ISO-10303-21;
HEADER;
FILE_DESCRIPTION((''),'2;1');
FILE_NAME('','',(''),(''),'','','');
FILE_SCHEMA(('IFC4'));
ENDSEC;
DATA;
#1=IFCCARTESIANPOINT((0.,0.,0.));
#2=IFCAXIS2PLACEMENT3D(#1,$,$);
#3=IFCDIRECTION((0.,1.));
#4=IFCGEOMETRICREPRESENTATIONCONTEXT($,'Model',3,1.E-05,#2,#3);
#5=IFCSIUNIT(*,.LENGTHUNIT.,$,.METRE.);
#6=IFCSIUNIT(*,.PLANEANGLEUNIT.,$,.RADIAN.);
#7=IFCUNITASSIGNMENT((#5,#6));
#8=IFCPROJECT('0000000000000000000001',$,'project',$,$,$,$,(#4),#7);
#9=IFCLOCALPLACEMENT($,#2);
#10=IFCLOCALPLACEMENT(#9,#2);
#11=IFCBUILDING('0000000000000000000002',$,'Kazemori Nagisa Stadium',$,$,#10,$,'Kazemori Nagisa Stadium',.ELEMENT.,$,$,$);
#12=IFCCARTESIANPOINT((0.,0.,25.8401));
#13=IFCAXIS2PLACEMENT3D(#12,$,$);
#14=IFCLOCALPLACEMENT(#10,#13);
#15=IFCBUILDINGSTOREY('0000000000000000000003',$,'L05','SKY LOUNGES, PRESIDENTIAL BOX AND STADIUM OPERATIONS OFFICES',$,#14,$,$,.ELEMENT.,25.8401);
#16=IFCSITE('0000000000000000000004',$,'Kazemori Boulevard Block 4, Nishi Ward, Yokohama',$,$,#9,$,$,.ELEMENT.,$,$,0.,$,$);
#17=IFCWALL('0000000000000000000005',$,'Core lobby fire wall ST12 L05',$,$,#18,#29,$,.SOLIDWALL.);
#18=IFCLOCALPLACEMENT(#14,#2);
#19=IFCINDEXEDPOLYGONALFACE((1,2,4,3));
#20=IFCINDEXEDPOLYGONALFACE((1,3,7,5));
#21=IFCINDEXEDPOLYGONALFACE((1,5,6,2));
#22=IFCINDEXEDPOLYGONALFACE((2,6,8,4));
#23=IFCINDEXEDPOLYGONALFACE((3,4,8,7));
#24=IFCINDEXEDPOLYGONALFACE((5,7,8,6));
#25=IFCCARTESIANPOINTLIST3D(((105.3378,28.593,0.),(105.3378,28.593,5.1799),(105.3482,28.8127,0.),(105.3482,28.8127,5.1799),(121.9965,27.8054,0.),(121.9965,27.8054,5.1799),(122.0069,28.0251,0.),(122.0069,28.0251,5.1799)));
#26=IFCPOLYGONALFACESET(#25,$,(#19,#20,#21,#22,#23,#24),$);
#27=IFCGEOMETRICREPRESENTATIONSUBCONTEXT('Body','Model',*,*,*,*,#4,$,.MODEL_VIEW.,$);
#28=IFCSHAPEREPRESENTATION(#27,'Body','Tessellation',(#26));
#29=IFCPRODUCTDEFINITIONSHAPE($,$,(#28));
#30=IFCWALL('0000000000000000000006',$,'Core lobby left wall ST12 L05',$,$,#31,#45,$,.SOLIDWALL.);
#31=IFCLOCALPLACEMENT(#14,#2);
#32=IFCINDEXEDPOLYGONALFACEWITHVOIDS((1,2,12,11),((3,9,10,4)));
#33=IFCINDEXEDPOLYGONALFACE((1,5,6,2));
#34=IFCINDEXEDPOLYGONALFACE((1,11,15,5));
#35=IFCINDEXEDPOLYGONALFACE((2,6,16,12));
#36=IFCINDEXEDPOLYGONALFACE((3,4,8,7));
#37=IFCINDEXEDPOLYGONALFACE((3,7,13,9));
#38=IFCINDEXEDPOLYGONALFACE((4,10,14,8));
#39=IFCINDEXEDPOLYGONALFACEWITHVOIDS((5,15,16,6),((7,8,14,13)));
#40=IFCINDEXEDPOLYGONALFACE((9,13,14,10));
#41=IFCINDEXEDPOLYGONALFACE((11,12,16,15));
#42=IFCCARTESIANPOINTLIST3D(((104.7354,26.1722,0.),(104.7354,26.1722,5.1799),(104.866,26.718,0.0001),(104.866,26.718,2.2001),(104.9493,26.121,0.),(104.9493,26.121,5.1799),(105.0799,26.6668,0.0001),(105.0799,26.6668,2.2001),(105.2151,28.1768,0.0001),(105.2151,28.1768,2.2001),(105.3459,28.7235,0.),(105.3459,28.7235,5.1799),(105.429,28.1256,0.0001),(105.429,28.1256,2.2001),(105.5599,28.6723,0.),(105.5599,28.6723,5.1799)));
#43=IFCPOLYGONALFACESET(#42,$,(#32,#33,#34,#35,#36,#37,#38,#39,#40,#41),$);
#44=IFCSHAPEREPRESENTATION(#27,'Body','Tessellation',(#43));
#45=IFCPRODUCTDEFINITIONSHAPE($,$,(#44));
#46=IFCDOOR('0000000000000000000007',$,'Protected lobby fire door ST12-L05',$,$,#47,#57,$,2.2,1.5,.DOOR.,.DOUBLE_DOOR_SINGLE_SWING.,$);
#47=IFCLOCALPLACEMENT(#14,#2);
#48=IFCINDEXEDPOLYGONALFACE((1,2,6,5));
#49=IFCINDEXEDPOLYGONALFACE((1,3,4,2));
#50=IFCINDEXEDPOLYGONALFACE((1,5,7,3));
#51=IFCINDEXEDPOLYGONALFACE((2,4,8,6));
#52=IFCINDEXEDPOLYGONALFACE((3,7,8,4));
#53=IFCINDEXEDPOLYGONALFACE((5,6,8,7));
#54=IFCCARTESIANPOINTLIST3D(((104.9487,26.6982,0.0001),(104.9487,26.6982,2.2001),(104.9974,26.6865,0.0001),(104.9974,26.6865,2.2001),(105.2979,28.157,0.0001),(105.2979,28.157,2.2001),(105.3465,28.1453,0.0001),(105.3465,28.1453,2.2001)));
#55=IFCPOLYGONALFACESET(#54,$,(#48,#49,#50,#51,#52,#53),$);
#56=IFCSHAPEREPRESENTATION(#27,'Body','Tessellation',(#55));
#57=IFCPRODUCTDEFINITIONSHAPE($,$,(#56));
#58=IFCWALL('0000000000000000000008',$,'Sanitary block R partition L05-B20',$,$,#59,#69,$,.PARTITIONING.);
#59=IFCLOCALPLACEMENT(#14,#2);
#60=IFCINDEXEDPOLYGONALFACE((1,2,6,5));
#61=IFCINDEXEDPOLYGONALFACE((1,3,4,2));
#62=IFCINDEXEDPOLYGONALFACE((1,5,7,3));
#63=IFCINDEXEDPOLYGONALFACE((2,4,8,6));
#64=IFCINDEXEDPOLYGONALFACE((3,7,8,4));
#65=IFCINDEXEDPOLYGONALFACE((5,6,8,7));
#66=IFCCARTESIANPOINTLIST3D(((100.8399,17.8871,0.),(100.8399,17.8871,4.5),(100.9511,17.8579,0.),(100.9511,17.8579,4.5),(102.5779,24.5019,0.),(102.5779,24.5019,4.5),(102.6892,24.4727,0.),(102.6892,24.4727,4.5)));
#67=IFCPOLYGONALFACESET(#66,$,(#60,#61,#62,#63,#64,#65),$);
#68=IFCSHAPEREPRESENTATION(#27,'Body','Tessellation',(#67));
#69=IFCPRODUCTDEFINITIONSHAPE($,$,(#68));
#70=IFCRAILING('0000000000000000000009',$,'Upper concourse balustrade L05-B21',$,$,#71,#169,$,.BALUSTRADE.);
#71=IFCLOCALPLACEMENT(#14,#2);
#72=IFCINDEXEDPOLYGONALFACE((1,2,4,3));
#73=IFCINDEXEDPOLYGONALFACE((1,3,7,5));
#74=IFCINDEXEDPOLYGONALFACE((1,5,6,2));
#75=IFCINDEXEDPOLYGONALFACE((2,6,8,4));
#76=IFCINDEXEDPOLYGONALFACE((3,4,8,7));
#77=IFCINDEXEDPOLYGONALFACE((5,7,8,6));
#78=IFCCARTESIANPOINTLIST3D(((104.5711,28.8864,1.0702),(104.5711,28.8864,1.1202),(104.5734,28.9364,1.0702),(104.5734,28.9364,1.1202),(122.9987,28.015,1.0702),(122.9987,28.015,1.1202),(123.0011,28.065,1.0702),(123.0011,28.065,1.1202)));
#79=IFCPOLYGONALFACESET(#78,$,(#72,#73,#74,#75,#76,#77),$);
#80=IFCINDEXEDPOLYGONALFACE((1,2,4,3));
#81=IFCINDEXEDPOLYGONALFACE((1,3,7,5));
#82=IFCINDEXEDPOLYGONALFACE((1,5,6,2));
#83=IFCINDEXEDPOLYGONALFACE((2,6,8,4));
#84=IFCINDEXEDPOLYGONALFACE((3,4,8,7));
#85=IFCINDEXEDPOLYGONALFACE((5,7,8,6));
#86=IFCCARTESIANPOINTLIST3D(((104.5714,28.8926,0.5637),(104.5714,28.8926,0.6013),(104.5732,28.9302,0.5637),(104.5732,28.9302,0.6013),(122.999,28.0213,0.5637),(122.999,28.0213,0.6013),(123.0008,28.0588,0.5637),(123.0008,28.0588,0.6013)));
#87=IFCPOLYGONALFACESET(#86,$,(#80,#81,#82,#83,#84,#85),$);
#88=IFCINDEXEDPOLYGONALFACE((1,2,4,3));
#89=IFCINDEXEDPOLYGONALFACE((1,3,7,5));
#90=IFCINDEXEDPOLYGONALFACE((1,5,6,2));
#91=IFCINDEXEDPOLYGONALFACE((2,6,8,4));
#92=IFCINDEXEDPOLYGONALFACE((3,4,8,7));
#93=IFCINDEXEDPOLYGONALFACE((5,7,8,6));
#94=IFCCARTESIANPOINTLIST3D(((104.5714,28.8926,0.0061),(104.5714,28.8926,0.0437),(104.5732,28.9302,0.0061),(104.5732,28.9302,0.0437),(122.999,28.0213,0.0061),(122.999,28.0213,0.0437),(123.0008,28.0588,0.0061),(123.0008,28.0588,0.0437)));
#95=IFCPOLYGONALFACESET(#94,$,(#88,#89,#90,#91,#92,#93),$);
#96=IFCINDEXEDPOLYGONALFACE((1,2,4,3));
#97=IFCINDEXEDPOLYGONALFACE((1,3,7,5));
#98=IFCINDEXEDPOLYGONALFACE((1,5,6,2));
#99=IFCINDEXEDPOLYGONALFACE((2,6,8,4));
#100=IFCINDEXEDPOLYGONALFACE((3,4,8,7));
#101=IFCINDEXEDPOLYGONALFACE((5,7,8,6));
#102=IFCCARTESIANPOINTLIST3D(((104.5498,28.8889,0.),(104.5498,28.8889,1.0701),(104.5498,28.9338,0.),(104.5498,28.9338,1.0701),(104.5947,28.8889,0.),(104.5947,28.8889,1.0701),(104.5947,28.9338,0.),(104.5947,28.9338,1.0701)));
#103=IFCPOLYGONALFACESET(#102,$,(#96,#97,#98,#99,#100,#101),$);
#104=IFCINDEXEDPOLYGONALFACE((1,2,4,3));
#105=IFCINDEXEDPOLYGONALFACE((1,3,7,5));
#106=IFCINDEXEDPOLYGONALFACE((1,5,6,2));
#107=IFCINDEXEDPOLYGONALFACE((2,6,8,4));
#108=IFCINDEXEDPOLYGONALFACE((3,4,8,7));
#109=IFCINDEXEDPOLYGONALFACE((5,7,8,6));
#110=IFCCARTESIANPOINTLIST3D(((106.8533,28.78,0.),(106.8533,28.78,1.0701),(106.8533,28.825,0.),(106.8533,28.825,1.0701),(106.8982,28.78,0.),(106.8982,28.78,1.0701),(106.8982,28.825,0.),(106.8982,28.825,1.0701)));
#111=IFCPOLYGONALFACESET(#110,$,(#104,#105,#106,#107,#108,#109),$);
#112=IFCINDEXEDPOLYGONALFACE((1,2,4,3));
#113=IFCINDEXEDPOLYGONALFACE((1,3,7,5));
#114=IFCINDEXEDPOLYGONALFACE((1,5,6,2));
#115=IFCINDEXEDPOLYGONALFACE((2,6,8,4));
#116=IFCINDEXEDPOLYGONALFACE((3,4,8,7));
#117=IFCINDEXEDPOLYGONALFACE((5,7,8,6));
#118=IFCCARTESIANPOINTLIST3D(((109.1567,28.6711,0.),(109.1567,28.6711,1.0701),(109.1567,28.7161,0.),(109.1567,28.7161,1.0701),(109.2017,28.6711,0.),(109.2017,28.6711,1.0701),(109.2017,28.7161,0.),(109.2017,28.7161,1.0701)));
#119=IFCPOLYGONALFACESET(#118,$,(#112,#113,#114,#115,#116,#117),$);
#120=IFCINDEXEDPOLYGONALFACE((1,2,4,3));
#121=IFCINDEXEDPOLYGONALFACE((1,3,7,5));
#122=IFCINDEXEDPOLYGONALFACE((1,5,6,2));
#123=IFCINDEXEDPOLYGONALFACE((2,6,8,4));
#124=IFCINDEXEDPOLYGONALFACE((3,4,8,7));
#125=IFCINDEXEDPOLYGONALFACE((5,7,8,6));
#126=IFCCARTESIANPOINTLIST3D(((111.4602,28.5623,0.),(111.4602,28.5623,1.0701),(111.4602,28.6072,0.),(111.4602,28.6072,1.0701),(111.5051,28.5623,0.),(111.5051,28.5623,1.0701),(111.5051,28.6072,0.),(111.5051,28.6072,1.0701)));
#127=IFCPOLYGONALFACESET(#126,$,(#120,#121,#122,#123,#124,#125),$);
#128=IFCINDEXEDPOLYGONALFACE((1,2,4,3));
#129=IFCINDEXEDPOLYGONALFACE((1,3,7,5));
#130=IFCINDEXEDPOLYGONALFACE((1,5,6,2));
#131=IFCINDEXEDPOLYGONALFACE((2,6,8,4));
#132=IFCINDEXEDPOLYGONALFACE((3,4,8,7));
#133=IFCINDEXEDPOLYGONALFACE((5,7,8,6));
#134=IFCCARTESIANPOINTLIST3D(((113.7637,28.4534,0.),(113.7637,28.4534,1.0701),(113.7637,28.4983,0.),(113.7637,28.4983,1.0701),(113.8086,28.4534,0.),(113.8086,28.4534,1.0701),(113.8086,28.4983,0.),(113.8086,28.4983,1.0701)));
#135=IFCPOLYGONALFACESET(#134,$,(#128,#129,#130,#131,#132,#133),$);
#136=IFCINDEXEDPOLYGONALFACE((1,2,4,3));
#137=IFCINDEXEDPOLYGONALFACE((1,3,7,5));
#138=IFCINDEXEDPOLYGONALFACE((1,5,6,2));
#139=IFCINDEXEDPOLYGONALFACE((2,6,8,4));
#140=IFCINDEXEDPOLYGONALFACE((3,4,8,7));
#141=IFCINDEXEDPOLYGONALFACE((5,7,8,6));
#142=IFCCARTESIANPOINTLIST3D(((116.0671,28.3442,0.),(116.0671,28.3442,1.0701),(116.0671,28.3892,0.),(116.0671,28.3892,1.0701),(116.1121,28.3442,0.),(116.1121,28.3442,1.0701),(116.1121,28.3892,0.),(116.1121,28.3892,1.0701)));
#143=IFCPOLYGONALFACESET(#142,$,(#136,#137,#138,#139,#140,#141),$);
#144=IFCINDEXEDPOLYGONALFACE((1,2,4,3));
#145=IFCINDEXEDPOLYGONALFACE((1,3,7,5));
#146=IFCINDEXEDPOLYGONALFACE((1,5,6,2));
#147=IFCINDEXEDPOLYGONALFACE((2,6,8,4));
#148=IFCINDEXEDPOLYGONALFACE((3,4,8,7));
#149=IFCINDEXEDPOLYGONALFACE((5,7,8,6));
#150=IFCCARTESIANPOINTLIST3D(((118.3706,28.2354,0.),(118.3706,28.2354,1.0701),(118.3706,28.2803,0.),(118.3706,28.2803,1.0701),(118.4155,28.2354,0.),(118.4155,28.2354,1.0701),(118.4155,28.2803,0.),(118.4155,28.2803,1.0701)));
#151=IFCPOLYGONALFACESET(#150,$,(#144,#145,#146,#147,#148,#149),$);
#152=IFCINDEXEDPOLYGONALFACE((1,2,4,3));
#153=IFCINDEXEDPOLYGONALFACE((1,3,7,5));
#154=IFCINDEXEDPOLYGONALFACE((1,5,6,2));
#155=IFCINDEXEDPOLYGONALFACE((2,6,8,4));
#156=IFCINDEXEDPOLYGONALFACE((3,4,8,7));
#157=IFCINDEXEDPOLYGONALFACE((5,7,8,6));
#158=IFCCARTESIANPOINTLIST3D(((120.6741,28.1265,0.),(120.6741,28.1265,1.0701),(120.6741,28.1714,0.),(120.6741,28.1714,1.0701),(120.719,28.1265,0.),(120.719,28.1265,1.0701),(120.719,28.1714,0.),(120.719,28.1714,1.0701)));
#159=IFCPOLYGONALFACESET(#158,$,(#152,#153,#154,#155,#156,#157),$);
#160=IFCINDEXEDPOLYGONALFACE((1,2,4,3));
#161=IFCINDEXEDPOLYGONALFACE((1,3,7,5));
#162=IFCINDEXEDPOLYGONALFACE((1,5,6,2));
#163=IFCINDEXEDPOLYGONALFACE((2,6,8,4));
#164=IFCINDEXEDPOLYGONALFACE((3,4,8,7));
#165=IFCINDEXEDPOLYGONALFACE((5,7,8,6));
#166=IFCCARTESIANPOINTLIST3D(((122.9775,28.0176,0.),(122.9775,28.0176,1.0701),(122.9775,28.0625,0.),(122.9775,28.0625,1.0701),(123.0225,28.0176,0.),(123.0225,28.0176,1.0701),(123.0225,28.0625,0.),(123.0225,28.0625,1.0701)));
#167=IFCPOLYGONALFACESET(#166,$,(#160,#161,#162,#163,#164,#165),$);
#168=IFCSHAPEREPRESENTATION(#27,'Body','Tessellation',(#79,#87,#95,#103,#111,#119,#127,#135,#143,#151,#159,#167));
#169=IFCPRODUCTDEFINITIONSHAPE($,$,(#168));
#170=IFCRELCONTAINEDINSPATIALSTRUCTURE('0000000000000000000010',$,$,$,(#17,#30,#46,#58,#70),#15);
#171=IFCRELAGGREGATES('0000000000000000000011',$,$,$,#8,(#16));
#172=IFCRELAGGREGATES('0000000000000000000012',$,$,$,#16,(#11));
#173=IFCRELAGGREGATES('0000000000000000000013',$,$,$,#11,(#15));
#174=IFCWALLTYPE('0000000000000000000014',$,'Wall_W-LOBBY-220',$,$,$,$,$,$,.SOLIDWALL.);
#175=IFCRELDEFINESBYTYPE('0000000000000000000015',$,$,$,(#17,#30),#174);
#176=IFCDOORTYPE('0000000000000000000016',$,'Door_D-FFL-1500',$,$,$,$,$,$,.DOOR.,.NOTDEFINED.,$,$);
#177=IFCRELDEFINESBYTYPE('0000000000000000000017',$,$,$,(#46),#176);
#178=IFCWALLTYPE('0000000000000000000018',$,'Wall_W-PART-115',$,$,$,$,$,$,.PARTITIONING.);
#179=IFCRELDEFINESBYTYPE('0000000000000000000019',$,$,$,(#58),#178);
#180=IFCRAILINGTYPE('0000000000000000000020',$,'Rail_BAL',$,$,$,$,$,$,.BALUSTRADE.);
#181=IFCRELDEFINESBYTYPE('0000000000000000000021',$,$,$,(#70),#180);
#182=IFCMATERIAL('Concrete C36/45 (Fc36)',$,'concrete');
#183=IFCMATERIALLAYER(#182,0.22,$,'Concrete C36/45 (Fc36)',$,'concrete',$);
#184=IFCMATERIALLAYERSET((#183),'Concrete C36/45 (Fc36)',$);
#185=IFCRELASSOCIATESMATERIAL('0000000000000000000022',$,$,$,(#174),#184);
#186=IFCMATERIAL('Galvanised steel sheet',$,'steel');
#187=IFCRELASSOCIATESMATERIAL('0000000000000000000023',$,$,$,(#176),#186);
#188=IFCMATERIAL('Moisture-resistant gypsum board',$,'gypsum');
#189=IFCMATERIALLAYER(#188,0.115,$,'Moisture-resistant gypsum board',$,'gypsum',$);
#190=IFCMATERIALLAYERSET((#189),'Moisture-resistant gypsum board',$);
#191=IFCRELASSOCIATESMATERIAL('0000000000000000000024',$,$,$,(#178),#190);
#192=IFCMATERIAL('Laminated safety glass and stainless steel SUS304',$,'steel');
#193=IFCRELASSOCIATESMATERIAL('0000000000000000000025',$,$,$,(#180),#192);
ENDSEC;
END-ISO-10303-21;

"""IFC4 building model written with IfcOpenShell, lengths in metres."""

from ifc_helpers import new_model, si_unit, direction, frame, frame_2d, origin, origin_2d, place, context, subcontext, project, spatial, rectangle, extrude, material, layer, layer_set, type_object, element, fill, save


model = new_model("IFC4")

# Units and contexts
model_context = context("Model", 3, precision=1e-05, world=origin(), true_north=direction((0.0, 1.0)))
body_context = subcontext(model_context, "Body", "Model", "MODEL_VIEW")
ifc_project = project(units=[si_unit("LENGTHUNIT", "METRE"), si_unit("PLANEANGLEUNIT", "RADIAN")], contexts=[model_context])

# Site, building, storey
site_placement = place(None, origin())
site = spatial("IfcSite", under=ifc_project, at=site_placement, Name="Kazemori Boulevard Block 4, Nishi Ward, Yokohama", CompositionType="ELEMENT", RefElevation=0.0)
building_placement = place(site_placement, origin())
building = spatial("IfcBuilding", under=site, at=building_placement, Name="Kazemori Nagisa Stadium", LongName="Kazemori Nagisa Stadium", CompositionType="ELEMENT")
storey_placement = place(building_placement, frame((0.0, 0.0, 25.8401)))
storey = spatial("IfcBuildingStorey", under=building, at=storey_placement, Name="L05", Description="SKY LOUNGES, PRESIDENTIAL BOX AND STADIUM OPERATIONS OFFICES", CompositionType="ELEMENT", Elevation=25.8401)

# Shared definitions
ifc_material_1 = material(Name="Galvanised steel sheet", Category="steel")

# Wall
ifc_material_2 = material(Name="Concrete C36/45 (Fc36)", Category="concrete")
ifc_layer_1 = layer(ifc_material_2, 0.22, Name="Concrete C36/45 (Fc36)", Category="concrete")
ifc_layer_set_1 = layer_set([ifc_layer_1], Name="Concrete C36/45 (Fc36)")
wall_type_1 = type_object("IfcWallType", Name="Wall_W-LOBBY-220", PredefinedType="SOLIDWALL", material=ifc_layer_set_1)
wall_1_placement = place(storey_placement, frame((105.343, 28.7029, 0.0), z_axis=(0.0, 0.0, 1.0), x_axis=(0.998884, -0.047226, 0.0)))
element("IfcWall", 1, at=wall_1_placement, inside=storey, type_object=wall_type_1, Name="Core lobby fire wall ST12 L05", PredefinedType="SOLIDWALL", context=body_context, shape_type="SweptSolid", body=[
    extrude(rectangle(XDim=16.6772, YDim=0.22, at=frame_2d((8.3386, 0.0))), origin(), (0.0, 0.0, 1.0), 5.1799),
])

# Wall, opening, door
wall_2_placement = place(storey_placement, frame((105.4529, 28.6978, 0.0), z_axis=(0.0, 0.0, 1.0), x_axis=(-0.232757, -0.972535, 0.0)))
wall_2 = element("IfcWall", 2, at=wall_2_placement, inside=storey, type_object=wall_type_1, Name="Core lobby left wall ST12 L05", PredefinedType="SOLIDWALL", context=body_context, shape_type="SweptSolid", body=[
    extrude(rectangle(XDim=2.6233, YDim=0.22, at=frame_2d((1.3115, 0.0))), origin(), (0.0, 0.0, 1.0), 5.1799),
])
opening_1_placement = place(wall_2_placement, frame((0.562, 0.0, 0.0)))
opening_1 = element("IfcOpeningElement", 3, at=opening_1_placement, cuts=wall_2, PredefinedType="OPENING", context=body_context, shape_type="SweptSolid", body=[
    extrude(rectangle(XDim=1.5, YDim=2.2, at=frame_2d((0.75, 1.1001))), frame((0.0, 0.1199, 0.0), z_axis=(0.0, -1.0, 0.0), x_axis=(1.0, 0.0, 0.0)), (0.0, 0.0, 1.0), 0.24),
])
door_type_1 = type_object("IfcDoorType", Name="Door_D-FFL-1500", OperationType="NOTDEFINED", PredefinedType="DOOR", material=ifc_material_1)
door_1_placement = place(opening_1_placement, frame((1.5, 0.0, 0.0), z_axis=(0.0, 0.0, 1.0), x_axis=(-1.0, 0.0, 0.0)))
door_1 = element("IfcDoor", 4, at=door_1_placement, inside=storey, type_object=door_type_1, Name="Protected lobby fire door ST12-L05", OperationType="DOUBLE_DOOR_SINGLE_SWING", OverallHeight=2.2, OverallWidth=1.5, PredefinedType="DOOR", context=body_context, shape_type="SweptSolid", body=[
    extrude(rectangle(XDim=1.5, YDim=2.2, at=frame_2d((0.75, 1.1001))), frame((0.0, 0.0249, 0.0), z_axis=(0.0, -1.0, 0.0), x_axis=(1.0, 0.0, 0.0)), (0.0, 0.0, 1.0), 0.05),
])
fill(opening_1, door_1)

# Wall
ifc_material_3 = material(Name="Moisture-resistant gypsum board", Category="gypsum")
ifc_layer_2 = layer(ifc_material_3, 0.115, Name="Moisture-resistant gypsum board", Category="gypsum")
ifc_layer_set_2 = layer_set([ifc_layer_2], Name="Moisture-resistant gypsum board")
wall_type_2 = type_object("IfcWallType", Name="Wall_W-PART-115", PredefinedType="PARTITIONING", material=ifc_layer_set_2)
wall_3_placement = place(storey_placement, frame((102.6335, 24.4873, 0.0), z_axis=(0.0, 0.0, 1.0), x_axis=(-0.254126, -0.967171, 0.0)))
element("IfcWall", 5, at=wall_3_placement, inside=storey, type_object=wall_type_2, Name="Sanitary block R partition L05-B20", PredefinedType="PARTITIONING", context=body_context, shape_type="SweptSolid", body=[
    extrude(rectangle(XDim=6.8394, YDim=0.115, at=frame_2d((3.4197, 0.0))), origin(), (0.0, 0.0, 1.0), 4.5),
])

# Railing
ifc_material_4 = material(Name="Laminated safety glass and stainless steel SUS304", Category="steel")
railing_type_1 = type_object("IfcRailingType", Name="Rail_BAL", PredefinedType="BALUSTRADE", material=ifc_material_4)
railing_1_placement = place(storey_placement, frame((104.5723, 28.9114, 0.0)))
element("IfcRailing", 6, at=railing_1_placement, inside=storey, type_object=railing_type_1, Name="Upper concourse balustrade L05-B21", PredefinedType="BALUSTRADE", context=body_context, shape_type="SweptSolid", body=[
    extrude(rectangle(XDim=0.05, YDim=0.05, at=origin_2d()), frame((0.0, 0.0, 1.0952), z_axis=(0.998884, -0.047231, 0.0), x_axis=(0.047231, 0.998884, 0.0)), (0.0, 0.0, 1.0), 18.4482),
    extrude(rectangle(XDim=0.0376, YDim=0.0376, at=origin_2d()), frame((0.0, 0.0, 0.5825), z_axis=(0.998884, -0.047231, 0.0), x_axis=(0.047231, 0.998884, 0.0)), (0.0, 0.0, 1.0), 18.4482),
    extrude(rectangle(XDim=0.0376, YDim=0.0376, at=origin_2d()), frame((0.0, 0.0, 0.0249), z_axis=(0.998884, -0.047231, 0.0), x_axis=(0.047231, 0.998884, 0.0)), (0.0, 0.0, 1.0), 18.4482),
    extrude(rectangle(XDim=0.0449, YDim=0.0449, at=origin_2d()), origin(), (0.0, 0.0, 1.0), 1.0701),
    extrude(rectangle(XDim=0.0449, YDim=0.0449, at=origin_2d()), frame((2.3035, -0.1089, 0.0)), (0.0, 0.0, 1.0), 1.0701),
    extrude(rectangle(XDim=0.0449, YDim=0.0449, at=origin_2d()), frame((4.6069, -0.2178, 0.0)), (0.0, 0.0, 1.0), 1.0701),
    extrude(rectangle(XDim=0.0449, YDim=0.0449, at=origin_2d()), frame((6.9104, -0.3267, 0.0)), (0.0, 0.0, 1.0), 1.0701),
    extrude(rectangle(XDim=0.0449, YDim=0.0449, at=origin_2d()), frame((9.2139, -0.4355, 0.0)), (0.0, 0.0, 1.0), 1.0701),
    extrude(rectangle(XDim=0.0449, YDim=0.0449, at=origin_2d()), frame((11.5173, -0.5447, 0.0)), (0.0, 0.0, 1.0), 1.0701),
    extrude(rectangle(XDim=0.0449, YDim=0.0449, at=origin_2d()), frame((13.8208, -0.6536, 0.0)), (0.0, 0.0, 1.0), 1.0701),
    extrude(rectangle(XDim=0.0449, YDim=0.0449, at=origin_2d()), frame((16.1243, -0.7625, 0.0)), (0.0, 0.0, 1.0), 1.0701),
    extrude(rectangle(XDim=0.0449, YDim=0.0449, at=origin_2d()), frame((18.4277, -0.8713, 0.0)), (0.0, 0.0, 1.0), 1.0701),
])

save(model, "model.ifc")
